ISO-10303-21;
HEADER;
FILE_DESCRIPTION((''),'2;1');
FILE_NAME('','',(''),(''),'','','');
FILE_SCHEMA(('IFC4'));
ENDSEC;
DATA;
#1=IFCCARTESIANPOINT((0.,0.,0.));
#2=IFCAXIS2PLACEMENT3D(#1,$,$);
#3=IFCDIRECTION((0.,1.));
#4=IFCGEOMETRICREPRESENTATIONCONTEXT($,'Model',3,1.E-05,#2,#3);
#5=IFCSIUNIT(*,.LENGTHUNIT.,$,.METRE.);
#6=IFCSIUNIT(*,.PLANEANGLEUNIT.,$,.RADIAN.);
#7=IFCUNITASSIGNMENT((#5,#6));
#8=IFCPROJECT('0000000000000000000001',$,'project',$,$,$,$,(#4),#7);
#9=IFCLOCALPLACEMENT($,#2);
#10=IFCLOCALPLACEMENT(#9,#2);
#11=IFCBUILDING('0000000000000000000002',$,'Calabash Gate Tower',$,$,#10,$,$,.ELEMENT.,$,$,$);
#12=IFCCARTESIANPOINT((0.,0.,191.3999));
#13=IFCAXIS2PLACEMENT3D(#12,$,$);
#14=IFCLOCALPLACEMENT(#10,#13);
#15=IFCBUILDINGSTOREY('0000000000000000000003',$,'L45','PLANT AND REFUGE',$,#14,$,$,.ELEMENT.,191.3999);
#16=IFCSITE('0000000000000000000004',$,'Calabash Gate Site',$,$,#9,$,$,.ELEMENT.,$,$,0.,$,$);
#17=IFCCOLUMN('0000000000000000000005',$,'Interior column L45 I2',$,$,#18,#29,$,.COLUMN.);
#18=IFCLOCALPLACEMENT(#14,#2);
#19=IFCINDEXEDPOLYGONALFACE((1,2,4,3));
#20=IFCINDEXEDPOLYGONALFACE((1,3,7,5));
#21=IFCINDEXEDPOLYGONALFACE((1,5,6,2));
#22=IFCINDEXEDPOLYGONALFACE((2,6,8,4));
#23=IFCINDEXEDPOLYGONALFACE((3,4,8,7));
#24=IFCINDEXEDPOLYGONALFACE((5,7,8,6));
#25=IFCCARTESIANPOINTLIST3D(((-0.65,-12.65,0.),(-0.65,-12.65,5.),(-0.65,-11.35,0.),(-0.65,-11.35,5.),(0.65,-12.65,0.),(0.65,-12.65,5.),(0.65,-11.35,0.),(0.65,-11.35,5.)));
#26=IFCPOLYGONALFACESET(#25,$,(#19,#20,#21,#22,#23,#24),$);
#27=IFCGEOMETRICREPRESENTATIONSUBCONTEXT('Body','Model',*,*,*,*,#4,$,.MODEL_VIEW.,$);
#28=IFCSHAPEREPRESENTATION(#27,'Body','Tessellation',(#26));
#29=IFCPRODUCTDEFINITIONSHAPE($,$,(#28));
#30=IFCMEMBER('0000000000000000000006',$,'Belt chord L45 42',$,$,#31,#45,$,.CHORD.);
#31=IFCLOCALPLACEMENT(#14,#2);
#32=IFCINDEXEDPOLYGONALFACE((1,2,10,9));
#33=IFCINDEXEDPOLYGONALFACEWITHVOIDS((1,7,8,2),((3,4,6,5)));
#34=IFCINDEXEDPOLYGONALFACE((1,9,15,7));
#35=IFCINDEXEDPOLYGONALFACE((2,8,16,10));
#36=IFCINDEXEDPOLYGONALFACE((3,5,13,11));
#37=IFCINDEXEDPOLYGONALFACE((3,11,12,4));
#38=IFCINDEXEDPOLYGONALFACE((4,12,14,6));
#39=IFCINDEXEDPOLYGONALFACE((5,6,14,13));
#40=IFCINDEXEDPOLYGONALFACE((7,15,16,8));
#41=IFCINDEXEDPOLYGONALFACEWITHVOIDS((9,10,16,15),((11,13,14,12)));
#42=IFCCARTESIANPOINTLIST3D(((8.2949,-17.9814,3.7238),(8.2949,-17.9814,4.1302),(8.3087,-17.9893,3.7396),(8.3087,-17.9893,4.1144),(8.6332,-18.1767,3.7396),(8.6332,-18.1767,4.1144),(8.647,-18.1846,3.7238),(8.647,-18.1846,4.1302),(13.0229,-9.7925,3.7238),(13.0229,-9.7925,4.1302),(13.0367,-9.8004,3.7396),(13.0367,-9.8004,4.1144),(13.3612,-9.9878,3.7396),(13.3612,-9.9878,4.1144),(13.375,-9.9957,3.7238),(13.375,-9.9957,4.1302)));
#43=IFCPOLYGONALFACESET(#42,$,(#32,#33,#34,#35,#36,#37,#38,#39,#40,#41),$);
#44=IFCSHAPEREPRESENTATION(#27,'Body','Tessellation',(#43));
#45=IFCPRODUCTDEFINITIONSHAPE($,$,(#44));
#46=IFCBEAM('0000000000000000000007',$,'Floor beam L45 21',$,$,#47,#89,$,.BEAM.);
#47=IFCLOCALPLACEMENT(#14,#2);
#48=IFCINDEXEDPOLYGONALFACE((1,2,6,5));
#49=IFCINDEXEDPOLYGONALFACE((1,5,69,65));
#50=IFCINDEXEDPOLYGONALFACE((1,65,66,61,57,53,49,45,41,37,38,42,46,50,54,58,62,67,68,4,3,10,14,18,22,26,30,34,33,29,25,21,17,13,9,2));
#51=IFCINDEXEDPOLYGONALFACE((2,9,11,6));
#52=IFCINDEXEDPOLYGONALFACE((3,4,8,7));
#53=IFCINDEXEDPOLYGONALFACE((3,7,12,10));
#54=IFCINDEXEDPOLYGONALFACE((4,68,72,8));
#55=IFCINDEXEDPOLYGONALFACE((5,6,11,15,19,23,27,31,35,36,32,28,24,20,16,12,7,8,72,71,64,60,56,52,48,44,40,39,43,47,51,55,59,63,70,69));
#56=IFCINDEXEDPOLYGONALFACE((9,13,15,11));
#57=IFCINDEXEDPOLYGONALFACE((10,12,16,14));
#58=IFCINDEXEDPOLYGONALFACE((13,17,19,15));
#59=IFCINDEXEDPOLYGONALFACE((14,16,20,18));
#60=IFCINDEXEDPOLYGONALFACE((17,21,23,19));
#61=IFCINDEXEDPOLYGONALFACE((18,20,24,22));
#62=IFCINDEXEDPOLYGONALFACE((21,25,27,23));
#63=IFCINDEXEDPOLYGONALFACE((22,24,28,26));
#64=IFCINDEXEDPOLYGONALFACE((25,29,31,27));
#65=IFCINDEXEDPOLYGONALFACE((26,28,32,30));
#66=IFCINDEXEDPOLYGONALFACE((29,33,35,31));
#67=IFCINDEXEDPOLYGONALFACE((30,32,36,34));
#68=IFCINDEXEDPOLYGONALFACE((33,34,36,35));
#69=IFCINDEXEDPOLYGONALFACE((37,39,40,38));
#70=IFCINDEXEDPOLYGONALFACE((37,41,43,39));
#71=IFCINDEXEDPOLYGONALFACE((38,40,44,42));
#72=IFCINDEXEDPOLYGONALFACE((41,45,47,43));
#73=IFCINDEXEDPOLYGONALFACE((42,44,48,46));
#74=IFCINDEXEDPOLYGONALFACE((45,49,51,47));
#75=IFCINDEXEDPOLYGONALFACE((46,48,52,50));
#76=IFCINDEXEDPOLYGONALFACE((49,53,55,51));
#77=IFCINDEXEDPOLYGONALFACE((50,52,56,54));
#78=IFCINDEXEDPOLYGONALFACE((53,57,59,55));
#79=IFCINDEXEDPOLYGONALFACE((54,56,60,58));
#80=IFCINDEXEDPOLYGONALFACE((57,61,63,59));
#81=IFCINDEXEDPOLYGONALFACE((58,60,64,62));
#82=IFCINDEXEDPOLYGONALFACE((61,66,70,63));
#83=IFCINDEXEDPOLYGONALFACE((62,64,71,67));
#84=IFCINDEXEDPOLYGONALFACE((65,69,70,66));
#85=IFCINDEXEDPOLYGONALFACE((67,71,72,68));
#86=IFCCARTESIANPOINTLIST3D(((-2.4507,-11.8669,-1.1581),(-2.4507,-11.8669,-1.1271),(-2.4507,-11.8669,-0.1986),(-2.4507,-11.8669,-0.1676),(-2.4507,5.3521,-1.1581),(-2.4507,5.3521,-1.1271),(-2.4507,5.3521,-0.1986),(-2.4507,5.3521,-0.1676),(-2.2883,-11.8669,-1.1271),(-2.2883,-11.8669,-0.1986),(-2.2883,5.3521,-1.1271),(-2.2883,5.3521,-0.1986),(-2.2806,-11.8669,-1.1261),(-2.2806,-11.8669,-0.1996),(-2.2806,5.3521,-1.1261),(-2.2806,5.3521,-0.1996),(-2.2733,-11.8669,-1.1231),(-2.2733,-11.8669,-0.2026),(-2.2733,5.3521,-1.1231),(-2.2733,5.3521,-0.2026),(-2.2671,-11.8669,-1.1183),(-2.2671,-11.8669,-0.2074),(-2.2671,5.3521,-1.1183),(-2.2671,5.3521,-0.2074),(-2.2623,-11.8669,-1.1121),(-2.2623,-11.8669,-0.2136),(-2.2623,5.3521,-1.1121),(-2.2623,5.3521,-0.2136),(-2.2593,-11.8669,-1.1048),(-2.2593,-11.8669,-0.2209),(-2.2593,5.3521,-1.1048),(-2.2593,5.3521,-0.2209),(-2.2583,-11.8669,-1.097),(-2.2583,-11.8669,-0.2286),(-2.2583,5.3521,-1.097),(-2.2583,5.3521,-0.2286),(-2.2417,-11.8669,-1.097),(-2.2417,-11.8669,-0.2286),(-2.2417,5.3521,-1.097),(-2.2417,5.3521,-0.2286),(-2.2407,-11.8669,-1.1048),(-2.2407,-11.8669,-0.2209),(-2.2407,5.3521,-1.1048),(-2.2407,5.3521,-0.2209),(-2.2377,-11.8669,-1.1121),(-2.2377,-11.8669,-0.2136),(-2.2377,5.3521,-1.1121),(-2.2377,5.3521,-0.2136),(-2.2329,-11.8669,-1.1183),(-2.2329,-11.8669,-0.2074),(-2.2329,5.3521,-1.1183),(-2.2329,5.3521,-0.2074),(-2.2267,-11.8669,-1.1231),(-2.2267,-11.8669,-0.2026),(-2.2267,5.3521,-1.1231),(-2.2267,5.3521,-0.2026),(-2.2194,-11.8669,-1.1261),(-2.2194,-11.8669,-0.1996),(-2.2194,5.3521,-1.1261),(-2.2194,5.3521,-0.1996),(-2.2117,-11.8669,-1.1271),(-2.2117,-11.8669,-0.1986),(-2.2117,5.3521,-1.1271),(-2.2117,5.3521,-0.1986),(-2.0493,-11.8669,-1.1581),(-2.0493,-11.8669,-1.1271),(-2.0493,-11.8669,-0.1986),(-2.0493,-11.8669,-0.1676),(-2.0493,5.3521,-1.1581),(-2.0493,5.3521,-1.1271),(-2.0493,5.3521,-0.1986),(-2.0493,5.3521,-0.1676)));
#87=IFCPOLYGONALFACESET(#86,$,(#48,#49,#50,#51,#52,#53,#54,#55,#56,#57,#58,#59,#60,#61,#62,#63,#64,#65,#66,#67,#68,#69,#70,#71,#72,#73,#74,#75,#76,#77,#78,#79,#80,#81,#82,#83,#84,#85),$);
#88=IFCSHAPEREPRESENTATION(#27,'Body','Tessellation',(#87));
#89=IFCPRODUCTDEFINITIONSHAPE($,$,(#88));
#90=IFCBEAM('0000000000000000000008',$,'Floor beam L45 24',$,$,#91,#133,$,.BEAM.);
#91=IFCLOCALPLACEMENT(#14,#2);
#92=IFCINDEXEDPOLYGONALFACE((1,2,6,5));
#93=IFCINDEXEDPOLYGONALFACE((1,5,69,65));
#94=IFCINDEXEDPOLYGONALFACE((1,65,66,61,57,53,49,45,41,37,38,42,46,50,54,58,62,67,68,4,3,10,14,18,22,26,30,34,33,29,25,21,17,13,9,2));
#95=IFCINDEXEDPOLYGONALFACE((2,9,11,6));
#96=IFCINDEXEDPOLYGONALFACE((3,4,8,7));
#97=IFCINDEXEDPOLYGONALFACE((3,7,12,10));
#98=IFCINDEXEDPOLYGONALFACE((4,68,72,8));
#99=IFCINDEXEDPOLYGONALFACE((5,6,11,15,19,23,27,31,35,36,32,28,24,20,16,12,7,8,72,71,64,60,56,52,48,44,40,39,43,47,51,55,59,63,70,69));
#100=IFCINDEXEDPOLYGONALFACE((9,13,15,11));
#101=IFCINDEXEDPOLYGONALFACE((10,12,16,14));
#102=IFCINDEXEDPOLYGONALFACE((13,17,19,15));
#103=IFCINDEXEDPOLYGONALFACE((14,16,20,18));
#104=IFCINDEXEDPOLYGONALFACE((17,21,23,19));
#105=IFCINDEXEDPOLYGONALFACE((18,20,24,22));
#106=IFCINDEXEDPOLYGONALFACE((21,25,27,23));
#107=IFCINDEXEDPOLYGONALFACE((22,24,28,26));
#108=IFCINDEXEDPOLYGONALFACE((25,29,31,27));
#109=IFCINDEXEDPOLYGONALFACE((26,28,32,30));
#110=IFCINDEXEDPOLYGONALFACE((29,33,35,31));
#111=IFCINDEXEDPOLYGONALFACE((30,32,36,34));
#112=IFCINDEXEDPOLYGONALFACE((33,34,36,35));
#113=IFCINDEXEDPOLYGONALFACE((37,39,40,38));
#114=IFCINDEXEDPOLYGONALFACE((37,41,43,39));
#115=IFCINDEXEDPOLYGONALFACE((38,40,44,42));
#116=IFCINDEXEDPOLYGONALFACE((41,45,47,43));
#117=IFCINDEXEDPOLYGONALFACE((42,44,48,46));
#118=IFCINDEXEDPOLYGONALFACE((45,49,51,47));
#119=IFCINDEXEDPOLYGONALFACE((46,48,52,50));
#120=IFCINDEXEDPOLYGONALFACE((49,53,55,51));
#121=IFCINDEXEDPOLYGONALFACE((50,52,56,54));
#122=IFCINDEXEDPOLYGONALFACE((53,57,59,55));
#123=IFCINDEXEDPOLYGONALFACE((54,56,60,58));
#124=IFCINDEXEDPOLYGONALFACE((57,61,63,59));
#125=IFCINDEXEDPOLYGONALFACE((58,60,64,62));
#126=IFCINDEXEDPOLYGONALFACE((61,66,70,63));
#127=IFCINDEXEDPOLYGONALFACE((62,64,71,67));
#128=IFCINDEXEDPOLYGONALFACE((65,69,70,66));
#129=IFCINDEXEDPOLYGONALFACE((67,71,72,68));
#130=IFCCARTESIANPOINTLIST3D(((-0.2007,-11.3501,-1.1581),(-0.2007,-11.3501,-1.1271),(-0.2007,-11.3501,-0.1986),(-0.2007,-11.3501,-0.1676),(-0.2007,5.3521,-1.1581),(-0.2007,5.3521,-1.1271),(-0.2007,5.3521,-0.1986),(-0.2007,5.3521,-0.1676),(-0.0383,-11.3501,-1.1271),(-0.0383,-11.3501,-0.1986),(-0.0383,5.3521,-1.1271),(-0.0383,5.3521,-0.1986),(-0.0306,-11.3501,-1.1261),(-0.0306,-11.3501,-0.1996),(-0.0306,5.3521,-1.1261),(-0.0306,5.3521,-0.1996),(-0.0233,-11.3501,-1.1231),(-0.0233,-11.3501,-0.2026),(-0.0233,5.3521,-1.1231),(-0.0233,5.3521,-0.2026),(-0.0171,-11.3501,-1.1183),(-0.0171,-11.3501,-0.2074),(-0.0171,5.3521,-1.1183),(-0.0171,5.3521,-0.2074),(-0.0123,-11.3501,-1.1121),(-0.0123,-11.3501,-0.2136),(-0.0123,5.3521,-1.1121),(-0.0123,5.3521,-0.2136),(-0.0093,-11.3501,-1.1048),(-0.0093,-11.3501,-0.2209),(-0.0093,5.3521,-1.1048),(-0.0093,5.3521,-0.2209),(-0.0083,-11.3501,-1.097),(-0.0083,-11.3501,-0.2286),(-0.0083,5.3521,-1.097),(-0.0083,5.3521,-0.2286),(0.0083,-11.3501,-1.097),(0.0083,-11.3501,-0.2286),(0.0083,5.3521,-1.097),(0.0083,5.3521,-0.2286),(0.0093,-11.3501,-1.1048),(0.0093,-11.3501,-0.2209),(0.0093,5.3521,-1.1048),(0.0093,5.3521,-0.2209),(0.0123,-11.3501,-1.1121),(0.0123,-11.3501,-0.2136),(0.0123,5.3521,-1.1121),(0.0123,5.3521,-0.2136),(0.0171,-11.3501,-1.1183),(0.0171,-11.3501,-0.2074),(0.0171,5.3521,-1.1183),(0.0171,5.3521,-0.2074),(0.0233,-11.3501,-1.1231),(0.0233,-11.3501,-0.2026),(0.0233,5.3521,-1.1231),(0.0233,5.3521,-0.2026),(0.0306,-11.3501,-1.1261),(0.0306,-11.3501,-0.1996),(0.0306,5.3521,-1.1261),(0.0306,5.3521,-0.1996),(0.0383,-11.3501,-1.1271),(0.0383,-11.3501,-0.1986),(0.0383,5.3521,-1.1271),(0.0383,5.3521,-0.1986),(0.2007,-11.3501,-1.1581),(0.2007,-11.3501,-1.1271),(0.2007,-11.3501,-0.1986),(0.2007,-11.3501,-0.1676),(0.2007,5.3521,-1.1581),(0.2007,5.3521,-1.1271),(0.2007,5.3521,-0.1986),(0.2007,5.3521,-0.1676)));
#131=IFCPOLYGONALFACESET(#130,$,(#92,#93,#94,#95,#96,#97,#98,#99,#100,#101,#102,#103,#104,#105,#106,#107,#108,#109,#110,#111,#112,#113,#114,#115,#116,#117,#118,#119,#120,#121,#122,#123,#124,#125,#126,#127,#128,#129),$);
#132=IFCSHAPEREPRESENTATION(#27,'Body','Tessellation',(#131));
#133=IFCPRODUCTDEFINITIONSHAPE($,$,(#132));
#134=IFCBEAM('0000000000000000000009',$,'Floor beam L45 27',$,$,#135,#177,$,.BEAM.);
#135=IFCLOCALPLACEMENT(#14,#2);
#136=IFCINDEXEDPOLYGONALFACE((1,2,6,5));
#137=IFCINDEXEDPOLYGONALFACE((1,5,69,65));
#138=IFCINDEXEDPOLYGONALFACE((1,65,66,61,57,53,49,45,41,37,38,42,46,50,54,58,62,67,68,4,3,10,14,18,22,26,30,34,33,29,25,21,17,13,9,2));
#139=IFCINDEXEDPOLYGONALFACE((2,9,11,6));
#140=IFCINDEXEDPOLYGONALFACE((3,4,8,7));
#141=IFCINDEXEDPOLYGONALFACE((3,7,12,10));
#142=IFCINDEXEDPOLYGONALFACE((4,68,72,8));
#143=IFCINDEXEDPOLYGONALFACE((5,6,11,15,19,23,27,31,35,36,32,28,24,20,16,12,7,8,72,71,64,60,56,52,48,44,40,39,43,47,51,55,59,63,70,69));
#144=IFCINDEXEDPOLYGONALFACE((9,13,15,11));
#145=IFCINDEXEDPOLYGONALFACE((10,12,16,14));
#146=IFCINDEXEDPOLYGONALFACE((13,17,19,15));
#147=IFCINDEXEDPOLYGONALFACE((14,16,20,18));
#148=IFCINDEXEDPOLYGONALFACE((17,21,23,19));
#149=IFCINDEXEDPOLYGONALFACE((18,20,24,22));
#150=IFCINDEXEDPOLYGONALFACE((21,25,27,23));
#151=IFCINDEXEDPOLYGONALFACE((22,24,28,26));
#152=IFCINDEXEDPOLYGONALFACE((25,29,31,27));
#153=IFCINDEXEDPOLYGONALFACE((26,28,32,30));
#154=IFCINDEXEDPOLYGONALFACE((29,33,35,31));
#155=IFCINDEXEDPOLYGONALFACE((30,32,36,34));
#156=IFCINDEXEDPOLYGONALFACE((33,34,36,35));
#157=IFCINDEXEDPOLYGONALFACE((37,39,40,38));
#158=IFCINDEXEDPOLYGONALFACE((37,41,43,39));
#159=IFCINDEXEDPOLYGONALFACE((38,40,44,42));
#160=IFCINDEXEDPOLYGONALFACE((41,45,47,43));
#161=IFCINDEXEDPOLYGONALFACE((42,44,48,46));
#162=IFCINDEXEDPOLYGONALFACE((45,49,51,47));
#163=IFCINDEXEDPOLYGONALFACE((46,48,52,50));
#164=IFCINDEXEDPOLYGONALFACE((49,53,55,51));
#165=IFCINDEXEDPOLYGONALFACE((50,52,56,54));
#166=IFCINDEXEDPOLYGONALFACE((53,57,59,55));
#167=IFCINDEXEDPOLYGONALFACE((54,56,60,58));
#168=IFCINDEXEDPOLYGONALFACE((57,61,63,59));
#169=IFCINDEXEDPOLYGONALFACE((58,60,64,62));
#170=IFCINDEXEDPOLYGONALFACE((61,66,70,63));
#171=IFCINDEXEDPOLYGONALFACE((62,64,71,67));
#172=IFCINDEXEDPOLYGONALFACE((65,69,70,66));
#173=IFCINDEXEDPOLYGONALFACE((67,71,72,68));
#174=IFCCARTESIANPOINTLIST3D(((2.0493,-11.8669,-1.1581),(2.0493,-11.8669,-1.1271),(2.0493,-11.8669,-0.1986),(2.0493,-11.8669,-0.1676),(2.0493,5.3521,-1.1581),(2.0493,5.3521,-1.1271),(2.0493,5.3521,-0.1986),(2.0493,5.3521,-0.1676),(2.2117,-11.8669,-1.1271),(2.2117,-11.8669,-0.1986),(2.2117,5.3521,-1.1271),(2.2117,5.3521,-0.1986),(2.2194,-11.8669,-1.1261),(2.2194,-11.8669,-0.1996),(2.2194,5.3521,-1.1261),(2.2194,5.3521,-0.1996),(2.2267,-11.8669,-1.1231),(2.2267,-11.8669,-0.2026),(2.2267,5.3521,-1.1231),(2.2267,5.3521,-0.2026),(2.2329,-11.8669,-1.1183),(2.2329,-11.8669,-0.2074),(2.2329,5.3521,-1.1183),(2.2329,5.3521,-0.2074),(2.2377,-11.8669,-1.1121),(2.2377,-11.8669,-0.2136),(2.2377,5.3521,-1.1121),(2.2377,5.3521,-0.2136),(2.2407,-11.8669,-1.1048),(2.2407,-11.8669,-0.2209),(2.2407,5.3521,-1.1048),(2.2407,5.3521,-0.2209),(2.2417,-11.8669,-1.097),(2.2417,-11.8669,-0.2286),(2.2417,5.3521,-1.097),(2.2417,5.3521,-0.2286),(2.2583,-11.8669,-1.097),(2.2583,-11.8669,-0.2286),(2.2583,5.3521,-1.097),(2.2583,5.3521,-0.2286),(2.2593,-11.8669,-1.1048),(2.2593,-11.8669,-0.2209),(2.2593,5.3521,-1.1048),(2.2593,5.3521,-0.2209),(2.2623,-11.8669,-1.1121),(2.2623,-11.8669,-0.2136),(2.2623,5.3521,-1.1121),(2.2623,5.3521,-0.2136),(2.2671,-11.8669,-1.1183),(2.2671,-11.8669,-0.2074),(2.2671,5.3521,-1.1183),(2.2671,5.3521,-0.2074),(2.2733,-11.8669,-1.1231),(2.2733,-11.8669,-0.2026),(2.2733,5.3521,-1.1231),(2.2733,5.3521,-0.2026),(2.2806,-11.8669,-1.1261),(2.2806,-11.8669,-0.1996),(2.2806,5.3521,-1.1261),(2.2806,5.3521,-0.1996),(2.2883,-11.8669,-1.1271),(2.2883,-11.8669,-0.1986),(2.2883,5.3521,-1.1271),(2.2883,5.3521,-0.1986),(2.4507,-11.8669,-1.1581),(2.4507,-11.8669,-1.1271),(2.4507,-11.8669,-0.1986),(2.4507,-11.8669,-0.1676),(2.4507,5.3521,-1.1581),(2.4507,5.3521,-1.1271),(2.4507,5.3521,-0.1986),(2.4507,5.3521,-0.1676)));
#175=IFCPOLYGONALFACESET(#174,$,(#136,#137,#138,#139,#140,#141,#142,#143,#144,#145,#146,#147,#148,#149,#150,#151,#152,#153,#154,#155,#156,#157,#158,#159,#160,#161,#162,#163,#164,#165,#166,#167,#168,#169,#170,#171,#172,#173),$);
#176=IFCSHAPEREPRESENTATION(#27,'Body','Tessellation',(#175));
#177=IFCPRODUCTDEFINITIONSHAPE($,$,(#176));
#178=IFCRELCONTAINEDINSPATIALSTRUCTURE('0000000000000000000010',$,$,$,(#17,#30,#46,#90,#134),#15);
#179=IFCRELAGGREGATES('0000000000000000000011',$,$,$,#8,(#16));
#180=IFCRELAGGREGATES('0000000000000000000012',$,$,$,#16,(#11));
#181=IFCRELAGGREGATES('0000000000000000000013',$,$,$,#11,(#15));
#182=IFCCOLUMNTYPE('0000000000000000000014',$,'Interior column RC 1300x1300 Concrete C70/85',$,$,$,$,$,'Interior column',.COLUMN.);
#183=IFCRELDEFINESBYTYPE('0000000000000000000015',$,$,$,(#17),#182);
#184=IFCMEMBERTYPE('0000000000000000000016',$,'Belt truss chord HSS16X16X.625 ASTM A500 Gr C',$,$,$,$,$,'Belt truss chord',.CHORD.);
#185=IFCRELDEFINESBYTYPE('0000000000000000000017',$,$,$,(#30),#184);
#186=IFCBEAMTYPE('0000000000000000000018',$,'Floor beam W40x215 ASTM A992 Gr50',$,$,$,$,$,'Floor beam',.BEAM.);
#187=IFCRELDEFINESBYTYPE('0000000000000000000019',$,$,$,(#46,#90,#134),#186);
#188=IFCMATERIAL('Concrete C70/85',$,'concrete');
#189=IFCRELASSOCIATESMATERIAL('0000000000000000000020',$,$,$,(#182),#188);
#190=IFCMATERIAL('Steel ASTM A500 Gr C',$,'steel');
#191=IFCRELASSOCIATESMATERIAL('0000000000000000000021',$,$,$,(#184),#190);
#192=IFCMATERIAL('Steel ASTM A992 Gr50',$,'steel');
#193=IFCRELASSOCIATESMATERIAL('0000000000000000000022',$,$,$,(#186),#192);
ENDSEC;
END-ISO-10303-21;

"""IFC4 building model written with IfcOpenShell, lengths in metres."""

from ifc_helpers import new_model, si_unit, direction, frame, origin, origin_2d, place, context, subcontext, project, spatial, rectangle, hollow_rectangle, i_section, extrude, material, material_profile, profile_set, type_object, element, save


model = new_model("IFC4")

# Units and contexts
model_context = context("Model", 3, precision=1e-05, world=origin(), true_north=direction((0.0, 1.0)))
body_context = subcontext(model_context, "Body", "Model", "MODEL_VIEW")
ifc_project = project(units=[si_unit("LENGTHUNIT", "METRE"), si_unit("PLANEANGLEUNIT", "RADIAN")], contexts=[model_context])

# Site, building, storey
site_placement = place(None, origin())
site = spatial("IfcSite", under=ifc_project, at=site_placement, Name="Calabash Gate Site", CompositionType="ELEMENT", RefElevation=0.0)
building_placement = place(site_placement, origin())
building = spatial("IfcBuilding", under=site, at=building_placement, Name="Calabash Gate Tower", CompositionType="ELEMENT")
storey_placement = place(building_placement, frame((0.0, 0.0, 191.3999)))
storey = spatial("IfcBuildingStorey", under=building, at=storey_placement, Name="L45", Description="PLANT AND REFUGE", CompositionType="ELEMENT", Elevation=191.3999)

# Column
ifc_material_1 = material(Name="Concrete C70/85", Category="concrete")
ifc_material_profile_1 = material_profile(ifc_material_1, rectangle(XDim=1.3, YDim=1.3, at=origin_2d()))
ifc_profile_set_1 = profile_set([ifc_material_profile_1], Name="Concrete C70/85")
column_type = type_object("IfcColumnType", Name="Interior column RC 1300x1300 Concrete C70/85", ElementType="Interior column", PredefinedType="COLUMN", material=ifc_profile_set_1)
column_placement = place(storey_placement, frame((0.0, -12.0, 0.0), z_axis=(0.0, 0.0, 1.0), x_axis=(1.0, 0.0, 0.0)))
element("IfcColumn", 1, at=column_placement, inside=storey, type_object=column_type, Name="Interior column L45 I2", PredefinedType="COLUMN", context=body_context, shape_type="SweptSolid", body=[
    extrude(rectangle(XDim=1.3, YDim=1.3, at=origin_2d()), origin(), (0.0, 0.0, 1.0), 5.0),
])

# Member
ifc_material_2 = material(Name="Steel ASTM A500 Gr C", Category="steel")
ifc_material_profile_2 = material_profile(ifc_material_2, hollow_rectangle(XDim=0.4065, YDim=0.4065, WallThickness=0.0159, at=origin_2d()))
ifc_profile_set_2 = profile_set([ifc_material_profile_2], Name="Steel ASTM A500 Gr C")
member_type_1 = type_object("IfcMemberType", Name="Belt truss chord HSS16X16X.625 ASTM A500 Gr C", ElementType="Belt truss chord", PredefinedType="CHORD", material=ifc_profile_set_2)
member_placement = place(storey_placement, frame((8.4709, -18.083, 3.927), z_axis=(0.50001, 0.86602, 0.0), x_axis=(-0.86602, 0.50001, 0.0)))
element("IfcMember", 2, at=member_placement, inside=storey, type_object=member_type_1, Name="Belt chord L45 42", PredefinedType="CHORD", context=body_context, shape_type="SweptSolid", body=[
    extrude(hollow_rectangle(XDim=0.4065, YDim=0.4065, WallThickness=0.0159, at=origin_2d()), origin(), (0.0, 0.0, 1.0), 9.4558),
])

# Beams
ifc_material_3 = material(Name="Steel ASTM A992 Gr50", Category="steel")
ifc_material_profile_3 = material_profile(ifc_material_3, i_section(OverallWidth=0.4014, OverallDepth=0.9905, WebThickness=0.0166, FlangeThickness=0.031, FilletRadius=0.03, at=origin_2d()))
ifc_profile_set_3 = profile_set([ifc_material_profile_3], Name="Steel ASTM A992 Gr50")
beam_type_1 = type_object("IfcBeamType", Name="Floor beam W40x215 ASTM A992 Gr50", ElementType="Floor beam", PredefinedType="BEAM", material=ifc_profile_set_3)
beam_1_placement = place(storey_placement, frame((-2.25, -11.8669, -0.6628), z_axis=(0.0, 1.0, 0.0), x_axis=(-1.0, 0.0, 0.0)))
element("IfcBeam", 3, at=beam_1_placement, inside=storey, type_object=beam_type_1, Name="Floor beam L45 21", PredefinedType="BEAM", context=body_context, shape_type="SweptSolid", body=[
    extrude(i_section(OverallWidth=0.4014, OverallDepth=0.9905, WebThickness=0.0166, FlangeThickness=0.031, FilletRadius=0.03, at=origin_2d()), origin(), (0.0, 0.0, 1.0), 17.219),
])
beam_2_placement = place(storey_placement, frame((0.0, -11.3501, -0.6628), z_axis=(0.0, 1.0, 0.0), x_axis=(-1.0, 0.0, 0.0)))
element("IfcBeam", 4, at=beam_2_placement, inside=storey, type_object=beam_type_1, Name="Floor beam L45 24", PredefinedType="BEAM", context=body_context, shape_type="SweptSolid", body=[
    extrude(i_section(OverallWidth=0.4014, OverallDepth=0.9905, WebThickness=0.0166, FlangeThickness=0.031, FilletRadius=0.03, at=origin_2d()), origin(), (0.0, 0.0, 1.0), 16.7021),
])
for number, where, z_axis, x_axis, name in (
    (5, (2.25, -11.8669, -0.6628), (0.0, 1.0, 0.0), (-1.0, 0.0, 0.0), "Floor beam L45 27"),
):
    element("IfcBeam", number, at=place(storey_placement, frame(where, z_axis=z_axis, x_axis=x_axis)), inside=storey, type_object=beam_type_1, Name=name, PredefinedType="BEAM", context=body_context, shape_type="SweptSolid", body=[
        extrude(i_section(OverallWidth=0.4014, OverallDepth=0.9905, WebThickness=0.0166, FlangeThickness=0.031, FilletRadius=0.03, at=origin_2d()), origin(), (0.0, 0.0, 1.0), 17.219),
    ])

save(model, "model.ifc")
